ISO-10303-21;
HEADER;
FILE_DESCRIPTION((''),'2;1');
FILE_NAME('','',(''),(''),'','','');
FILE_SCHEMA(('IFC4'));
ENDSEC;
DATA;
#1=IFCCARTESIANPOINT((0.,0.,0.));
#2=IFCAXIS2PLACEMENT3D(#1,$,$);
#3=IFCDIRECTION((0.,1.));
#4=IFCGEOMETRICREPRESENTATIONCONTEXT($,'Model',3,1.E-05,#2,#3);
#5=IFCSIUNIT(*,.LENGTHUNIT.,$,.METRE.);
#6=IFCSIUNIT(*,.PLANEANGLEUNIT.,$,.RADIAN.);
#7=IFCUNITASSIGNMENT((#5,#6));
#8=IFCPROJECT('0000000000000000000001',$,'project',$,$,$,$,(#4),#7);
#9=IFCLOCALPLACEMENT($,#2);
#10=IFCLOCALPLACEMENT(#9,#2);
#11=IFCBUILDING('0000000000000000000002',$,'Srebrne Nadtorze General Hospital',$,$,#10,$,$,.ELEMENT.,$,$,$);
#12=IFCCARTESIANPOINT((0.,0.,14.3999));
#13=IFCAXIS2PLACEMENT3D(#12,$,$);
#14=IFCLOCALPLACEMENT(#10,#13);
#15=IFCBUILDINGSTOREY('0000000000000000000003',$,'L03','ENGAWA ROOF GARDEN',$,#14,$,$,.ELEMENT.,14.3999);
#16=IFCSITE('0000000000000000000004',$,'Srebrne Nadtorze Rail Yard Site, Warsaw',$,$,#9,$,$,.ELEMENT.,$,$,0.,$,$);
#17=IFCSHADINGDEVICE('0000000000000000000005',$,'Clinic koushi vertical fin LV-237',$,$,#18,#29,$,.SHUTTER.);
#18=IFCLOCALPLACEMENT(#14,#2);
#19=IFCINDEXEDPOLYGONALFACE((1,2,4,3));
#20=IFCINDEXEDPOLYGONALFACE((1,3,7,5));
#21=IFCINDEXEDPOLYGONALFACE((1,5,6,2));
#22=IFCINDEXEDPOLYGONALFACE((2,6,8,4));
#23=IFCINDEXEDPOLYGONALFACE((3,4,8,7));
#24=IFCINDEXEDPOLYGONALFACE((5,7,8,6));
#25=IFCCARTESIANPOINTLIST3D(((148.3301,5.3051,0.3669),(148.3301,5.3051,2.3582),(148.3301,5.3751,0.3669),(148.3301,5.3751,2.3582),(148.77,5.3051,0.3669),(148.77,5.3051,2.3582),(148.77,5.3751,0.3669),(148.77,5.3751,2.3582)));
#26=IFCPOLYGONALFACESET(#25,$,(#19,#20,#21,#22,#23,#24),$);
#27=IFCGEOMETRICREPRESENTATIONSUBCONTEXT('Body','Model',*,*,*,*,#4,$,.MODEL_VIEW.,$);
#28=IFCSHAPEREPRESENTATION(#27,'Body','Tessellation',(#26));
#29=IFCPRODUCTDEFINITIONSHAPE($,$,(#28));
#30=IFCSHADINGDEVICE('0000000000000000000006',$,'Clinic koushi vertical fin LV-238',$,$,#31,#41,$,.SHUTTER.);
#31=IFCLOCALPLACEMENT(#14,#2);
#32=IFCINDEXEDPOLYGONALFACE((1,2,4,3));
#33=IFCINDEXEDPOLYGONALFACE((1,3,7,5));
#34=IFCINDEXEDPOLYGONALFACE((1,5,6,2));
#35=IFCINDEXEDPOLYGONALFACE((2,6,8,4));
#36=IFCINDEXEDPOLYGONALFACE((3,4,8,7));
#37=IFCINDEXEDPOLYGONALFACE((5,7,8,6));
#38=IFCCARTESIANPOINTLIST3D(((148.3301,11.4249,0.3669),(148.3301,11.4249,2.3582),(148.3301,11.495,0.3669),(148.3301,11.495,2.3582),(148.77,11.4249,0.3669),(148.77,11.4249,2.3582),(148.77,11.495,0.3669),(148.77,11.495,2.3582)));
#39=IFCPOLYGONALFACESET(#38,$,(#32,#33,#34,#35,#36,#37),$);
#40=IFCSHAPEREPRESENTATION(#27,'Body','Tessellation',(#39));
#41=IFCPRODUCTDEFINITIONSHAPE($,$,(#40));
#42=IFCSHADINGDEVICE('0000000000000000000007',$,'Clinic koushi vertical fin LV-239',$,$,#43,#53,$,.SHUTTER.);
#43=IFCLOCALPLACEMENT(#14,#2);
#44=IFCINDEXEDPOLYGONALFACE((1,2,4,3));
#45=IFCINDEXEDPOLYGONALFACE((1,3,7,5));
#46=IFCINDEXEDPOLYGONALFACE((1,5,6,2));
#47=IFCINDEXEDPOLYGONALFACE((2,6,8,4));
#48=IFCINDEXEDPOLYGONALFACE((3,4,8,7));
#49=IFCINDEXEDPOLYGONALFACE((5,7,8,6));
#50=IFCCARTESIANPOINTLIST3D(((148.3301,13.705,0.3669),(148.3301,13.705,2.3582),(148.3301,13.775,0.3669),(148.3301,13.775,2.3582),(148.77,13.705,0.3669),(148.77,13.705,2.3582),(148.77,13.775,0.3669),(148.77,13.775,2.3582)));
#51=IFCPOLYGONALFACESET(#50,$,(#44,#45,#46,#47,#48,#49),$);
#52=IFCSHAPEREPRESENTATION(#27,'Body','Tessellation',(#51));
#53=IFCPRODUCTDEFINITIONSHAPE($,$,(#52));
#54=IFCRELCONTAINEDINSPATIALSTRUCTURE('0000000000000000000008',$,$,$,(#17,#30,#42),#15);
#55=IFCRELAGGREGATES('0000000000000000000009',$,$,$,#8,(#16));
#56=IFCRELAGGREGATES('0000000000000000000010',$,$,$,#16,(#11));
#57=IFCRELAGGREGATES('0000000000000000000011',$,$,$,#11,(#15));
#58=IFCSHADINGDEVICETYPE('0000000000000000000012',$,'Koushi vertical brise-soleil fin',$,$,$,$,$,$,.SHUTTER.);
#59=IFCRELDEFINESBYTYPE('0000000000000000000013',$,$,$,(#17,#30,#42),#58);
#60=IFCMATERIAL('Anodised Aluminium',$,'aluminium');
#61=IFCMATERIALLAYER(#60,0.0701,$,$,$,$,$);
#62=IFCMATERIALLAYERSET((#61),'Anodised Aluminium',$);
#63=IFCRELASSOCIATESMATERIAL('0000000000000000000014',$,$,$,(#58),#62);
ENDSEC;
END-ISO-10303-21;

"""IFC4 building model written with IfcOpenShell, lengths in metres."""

from ifc_helpers import new_model, si_unit, direction, frame, origin, origin_2d, place, context, subcontext, project, spatial, rectangle, extrude, material, layer, layer_set, type_object, element, save


model = new_model("IFC4")

# Units and contexts
model_context = context("Model", 3, precision=1e-05, world=origin(), true_north=direction((0.0, 1.0)))
body_context = subcontext(model_context, "Body", "Model", "MODEL_VIEW")
ifc_project = project(units=[si_unit("LENGTHUNIT", "METRE"), si_unit("PLANEANGLEUNIT", "RADIAN")], contexts=[model_context])

# Site, building, storey
site_placement = place(None, origin())
site = spatial("IfcSite", under=ifc_project, at=site_placement, Name="Srebrne Nadtorze Rail Yard Site, Warsaw", CompositionType="ELEMENT", RefElevation=0.0)
building_placement = place(site_placement, origin())
building = spatial("IfcBuilding", under=site, at=building_placement, Name="Srebrne Nadtorze General Hospital", CompositionType="ELEMENT")
storey_placement = place(building_placement, frame((0.0, 0.0, 14.3999)))
storey = spatial("IfcBuildingStorey", under=building, at=storey_placement, Name="L03", Description="ENGAWA ROOF GARDEN", CompositionType="ELEMENT", Elevation=14.3999)

# Shading devices
ifc_material_1 = material(Name="Anodised Aluminium", Category="aluminium")
ifc_layer_1 = layer(ifc_material_1, 0.0701)
ifc_layer_set_1 = layer_set([ifc_layer_1], Name="Anodised Aluminium")
shading_device_type = type_object("IfcShadingDeviceType", Name="Koushi vertical brise-soleil fin", PredefinedType="SHUTTER", material=ifc_layer_set_1)
for number, where, z_axis, x_axis, name in (
    (1, (148.55, 5.3401, 0.3669), (0.0, 0.0, 1.0), (1.0, 0.0, 0.0), "Clinic koushi vertical fin LV-237"),
    (2, (148.55, 11.46, 0.3669), (0.0, 0.0, 1.0), (1.0, 0.0, 0.0), "Clinic koushi vertical fin LV-238"),
    (3, (148.55, 13.74, 0.3669), (0.0, 0.0, 1.0), (1.0, 0.0, 0.0), "Clinic koushi vertical fin LV-239"),
):
    element("IfcShadingDevice", number, at=place(storey_placement, frame(where, z_axis=z_axis, x_axis=x_axis)), inside=storey, type_object=shading_device_type, Name=name, PredefinedType="SHUTTER", context=body_context, shape_type="SweptSolid", body=[
        extrude(rectangle(XDim=0.4399, YDim=0.0701, at=origin_2d()), origin(), (0.0, 0.0, 1.0), 1.9912),
    ])

save(model, "model.ifc")
